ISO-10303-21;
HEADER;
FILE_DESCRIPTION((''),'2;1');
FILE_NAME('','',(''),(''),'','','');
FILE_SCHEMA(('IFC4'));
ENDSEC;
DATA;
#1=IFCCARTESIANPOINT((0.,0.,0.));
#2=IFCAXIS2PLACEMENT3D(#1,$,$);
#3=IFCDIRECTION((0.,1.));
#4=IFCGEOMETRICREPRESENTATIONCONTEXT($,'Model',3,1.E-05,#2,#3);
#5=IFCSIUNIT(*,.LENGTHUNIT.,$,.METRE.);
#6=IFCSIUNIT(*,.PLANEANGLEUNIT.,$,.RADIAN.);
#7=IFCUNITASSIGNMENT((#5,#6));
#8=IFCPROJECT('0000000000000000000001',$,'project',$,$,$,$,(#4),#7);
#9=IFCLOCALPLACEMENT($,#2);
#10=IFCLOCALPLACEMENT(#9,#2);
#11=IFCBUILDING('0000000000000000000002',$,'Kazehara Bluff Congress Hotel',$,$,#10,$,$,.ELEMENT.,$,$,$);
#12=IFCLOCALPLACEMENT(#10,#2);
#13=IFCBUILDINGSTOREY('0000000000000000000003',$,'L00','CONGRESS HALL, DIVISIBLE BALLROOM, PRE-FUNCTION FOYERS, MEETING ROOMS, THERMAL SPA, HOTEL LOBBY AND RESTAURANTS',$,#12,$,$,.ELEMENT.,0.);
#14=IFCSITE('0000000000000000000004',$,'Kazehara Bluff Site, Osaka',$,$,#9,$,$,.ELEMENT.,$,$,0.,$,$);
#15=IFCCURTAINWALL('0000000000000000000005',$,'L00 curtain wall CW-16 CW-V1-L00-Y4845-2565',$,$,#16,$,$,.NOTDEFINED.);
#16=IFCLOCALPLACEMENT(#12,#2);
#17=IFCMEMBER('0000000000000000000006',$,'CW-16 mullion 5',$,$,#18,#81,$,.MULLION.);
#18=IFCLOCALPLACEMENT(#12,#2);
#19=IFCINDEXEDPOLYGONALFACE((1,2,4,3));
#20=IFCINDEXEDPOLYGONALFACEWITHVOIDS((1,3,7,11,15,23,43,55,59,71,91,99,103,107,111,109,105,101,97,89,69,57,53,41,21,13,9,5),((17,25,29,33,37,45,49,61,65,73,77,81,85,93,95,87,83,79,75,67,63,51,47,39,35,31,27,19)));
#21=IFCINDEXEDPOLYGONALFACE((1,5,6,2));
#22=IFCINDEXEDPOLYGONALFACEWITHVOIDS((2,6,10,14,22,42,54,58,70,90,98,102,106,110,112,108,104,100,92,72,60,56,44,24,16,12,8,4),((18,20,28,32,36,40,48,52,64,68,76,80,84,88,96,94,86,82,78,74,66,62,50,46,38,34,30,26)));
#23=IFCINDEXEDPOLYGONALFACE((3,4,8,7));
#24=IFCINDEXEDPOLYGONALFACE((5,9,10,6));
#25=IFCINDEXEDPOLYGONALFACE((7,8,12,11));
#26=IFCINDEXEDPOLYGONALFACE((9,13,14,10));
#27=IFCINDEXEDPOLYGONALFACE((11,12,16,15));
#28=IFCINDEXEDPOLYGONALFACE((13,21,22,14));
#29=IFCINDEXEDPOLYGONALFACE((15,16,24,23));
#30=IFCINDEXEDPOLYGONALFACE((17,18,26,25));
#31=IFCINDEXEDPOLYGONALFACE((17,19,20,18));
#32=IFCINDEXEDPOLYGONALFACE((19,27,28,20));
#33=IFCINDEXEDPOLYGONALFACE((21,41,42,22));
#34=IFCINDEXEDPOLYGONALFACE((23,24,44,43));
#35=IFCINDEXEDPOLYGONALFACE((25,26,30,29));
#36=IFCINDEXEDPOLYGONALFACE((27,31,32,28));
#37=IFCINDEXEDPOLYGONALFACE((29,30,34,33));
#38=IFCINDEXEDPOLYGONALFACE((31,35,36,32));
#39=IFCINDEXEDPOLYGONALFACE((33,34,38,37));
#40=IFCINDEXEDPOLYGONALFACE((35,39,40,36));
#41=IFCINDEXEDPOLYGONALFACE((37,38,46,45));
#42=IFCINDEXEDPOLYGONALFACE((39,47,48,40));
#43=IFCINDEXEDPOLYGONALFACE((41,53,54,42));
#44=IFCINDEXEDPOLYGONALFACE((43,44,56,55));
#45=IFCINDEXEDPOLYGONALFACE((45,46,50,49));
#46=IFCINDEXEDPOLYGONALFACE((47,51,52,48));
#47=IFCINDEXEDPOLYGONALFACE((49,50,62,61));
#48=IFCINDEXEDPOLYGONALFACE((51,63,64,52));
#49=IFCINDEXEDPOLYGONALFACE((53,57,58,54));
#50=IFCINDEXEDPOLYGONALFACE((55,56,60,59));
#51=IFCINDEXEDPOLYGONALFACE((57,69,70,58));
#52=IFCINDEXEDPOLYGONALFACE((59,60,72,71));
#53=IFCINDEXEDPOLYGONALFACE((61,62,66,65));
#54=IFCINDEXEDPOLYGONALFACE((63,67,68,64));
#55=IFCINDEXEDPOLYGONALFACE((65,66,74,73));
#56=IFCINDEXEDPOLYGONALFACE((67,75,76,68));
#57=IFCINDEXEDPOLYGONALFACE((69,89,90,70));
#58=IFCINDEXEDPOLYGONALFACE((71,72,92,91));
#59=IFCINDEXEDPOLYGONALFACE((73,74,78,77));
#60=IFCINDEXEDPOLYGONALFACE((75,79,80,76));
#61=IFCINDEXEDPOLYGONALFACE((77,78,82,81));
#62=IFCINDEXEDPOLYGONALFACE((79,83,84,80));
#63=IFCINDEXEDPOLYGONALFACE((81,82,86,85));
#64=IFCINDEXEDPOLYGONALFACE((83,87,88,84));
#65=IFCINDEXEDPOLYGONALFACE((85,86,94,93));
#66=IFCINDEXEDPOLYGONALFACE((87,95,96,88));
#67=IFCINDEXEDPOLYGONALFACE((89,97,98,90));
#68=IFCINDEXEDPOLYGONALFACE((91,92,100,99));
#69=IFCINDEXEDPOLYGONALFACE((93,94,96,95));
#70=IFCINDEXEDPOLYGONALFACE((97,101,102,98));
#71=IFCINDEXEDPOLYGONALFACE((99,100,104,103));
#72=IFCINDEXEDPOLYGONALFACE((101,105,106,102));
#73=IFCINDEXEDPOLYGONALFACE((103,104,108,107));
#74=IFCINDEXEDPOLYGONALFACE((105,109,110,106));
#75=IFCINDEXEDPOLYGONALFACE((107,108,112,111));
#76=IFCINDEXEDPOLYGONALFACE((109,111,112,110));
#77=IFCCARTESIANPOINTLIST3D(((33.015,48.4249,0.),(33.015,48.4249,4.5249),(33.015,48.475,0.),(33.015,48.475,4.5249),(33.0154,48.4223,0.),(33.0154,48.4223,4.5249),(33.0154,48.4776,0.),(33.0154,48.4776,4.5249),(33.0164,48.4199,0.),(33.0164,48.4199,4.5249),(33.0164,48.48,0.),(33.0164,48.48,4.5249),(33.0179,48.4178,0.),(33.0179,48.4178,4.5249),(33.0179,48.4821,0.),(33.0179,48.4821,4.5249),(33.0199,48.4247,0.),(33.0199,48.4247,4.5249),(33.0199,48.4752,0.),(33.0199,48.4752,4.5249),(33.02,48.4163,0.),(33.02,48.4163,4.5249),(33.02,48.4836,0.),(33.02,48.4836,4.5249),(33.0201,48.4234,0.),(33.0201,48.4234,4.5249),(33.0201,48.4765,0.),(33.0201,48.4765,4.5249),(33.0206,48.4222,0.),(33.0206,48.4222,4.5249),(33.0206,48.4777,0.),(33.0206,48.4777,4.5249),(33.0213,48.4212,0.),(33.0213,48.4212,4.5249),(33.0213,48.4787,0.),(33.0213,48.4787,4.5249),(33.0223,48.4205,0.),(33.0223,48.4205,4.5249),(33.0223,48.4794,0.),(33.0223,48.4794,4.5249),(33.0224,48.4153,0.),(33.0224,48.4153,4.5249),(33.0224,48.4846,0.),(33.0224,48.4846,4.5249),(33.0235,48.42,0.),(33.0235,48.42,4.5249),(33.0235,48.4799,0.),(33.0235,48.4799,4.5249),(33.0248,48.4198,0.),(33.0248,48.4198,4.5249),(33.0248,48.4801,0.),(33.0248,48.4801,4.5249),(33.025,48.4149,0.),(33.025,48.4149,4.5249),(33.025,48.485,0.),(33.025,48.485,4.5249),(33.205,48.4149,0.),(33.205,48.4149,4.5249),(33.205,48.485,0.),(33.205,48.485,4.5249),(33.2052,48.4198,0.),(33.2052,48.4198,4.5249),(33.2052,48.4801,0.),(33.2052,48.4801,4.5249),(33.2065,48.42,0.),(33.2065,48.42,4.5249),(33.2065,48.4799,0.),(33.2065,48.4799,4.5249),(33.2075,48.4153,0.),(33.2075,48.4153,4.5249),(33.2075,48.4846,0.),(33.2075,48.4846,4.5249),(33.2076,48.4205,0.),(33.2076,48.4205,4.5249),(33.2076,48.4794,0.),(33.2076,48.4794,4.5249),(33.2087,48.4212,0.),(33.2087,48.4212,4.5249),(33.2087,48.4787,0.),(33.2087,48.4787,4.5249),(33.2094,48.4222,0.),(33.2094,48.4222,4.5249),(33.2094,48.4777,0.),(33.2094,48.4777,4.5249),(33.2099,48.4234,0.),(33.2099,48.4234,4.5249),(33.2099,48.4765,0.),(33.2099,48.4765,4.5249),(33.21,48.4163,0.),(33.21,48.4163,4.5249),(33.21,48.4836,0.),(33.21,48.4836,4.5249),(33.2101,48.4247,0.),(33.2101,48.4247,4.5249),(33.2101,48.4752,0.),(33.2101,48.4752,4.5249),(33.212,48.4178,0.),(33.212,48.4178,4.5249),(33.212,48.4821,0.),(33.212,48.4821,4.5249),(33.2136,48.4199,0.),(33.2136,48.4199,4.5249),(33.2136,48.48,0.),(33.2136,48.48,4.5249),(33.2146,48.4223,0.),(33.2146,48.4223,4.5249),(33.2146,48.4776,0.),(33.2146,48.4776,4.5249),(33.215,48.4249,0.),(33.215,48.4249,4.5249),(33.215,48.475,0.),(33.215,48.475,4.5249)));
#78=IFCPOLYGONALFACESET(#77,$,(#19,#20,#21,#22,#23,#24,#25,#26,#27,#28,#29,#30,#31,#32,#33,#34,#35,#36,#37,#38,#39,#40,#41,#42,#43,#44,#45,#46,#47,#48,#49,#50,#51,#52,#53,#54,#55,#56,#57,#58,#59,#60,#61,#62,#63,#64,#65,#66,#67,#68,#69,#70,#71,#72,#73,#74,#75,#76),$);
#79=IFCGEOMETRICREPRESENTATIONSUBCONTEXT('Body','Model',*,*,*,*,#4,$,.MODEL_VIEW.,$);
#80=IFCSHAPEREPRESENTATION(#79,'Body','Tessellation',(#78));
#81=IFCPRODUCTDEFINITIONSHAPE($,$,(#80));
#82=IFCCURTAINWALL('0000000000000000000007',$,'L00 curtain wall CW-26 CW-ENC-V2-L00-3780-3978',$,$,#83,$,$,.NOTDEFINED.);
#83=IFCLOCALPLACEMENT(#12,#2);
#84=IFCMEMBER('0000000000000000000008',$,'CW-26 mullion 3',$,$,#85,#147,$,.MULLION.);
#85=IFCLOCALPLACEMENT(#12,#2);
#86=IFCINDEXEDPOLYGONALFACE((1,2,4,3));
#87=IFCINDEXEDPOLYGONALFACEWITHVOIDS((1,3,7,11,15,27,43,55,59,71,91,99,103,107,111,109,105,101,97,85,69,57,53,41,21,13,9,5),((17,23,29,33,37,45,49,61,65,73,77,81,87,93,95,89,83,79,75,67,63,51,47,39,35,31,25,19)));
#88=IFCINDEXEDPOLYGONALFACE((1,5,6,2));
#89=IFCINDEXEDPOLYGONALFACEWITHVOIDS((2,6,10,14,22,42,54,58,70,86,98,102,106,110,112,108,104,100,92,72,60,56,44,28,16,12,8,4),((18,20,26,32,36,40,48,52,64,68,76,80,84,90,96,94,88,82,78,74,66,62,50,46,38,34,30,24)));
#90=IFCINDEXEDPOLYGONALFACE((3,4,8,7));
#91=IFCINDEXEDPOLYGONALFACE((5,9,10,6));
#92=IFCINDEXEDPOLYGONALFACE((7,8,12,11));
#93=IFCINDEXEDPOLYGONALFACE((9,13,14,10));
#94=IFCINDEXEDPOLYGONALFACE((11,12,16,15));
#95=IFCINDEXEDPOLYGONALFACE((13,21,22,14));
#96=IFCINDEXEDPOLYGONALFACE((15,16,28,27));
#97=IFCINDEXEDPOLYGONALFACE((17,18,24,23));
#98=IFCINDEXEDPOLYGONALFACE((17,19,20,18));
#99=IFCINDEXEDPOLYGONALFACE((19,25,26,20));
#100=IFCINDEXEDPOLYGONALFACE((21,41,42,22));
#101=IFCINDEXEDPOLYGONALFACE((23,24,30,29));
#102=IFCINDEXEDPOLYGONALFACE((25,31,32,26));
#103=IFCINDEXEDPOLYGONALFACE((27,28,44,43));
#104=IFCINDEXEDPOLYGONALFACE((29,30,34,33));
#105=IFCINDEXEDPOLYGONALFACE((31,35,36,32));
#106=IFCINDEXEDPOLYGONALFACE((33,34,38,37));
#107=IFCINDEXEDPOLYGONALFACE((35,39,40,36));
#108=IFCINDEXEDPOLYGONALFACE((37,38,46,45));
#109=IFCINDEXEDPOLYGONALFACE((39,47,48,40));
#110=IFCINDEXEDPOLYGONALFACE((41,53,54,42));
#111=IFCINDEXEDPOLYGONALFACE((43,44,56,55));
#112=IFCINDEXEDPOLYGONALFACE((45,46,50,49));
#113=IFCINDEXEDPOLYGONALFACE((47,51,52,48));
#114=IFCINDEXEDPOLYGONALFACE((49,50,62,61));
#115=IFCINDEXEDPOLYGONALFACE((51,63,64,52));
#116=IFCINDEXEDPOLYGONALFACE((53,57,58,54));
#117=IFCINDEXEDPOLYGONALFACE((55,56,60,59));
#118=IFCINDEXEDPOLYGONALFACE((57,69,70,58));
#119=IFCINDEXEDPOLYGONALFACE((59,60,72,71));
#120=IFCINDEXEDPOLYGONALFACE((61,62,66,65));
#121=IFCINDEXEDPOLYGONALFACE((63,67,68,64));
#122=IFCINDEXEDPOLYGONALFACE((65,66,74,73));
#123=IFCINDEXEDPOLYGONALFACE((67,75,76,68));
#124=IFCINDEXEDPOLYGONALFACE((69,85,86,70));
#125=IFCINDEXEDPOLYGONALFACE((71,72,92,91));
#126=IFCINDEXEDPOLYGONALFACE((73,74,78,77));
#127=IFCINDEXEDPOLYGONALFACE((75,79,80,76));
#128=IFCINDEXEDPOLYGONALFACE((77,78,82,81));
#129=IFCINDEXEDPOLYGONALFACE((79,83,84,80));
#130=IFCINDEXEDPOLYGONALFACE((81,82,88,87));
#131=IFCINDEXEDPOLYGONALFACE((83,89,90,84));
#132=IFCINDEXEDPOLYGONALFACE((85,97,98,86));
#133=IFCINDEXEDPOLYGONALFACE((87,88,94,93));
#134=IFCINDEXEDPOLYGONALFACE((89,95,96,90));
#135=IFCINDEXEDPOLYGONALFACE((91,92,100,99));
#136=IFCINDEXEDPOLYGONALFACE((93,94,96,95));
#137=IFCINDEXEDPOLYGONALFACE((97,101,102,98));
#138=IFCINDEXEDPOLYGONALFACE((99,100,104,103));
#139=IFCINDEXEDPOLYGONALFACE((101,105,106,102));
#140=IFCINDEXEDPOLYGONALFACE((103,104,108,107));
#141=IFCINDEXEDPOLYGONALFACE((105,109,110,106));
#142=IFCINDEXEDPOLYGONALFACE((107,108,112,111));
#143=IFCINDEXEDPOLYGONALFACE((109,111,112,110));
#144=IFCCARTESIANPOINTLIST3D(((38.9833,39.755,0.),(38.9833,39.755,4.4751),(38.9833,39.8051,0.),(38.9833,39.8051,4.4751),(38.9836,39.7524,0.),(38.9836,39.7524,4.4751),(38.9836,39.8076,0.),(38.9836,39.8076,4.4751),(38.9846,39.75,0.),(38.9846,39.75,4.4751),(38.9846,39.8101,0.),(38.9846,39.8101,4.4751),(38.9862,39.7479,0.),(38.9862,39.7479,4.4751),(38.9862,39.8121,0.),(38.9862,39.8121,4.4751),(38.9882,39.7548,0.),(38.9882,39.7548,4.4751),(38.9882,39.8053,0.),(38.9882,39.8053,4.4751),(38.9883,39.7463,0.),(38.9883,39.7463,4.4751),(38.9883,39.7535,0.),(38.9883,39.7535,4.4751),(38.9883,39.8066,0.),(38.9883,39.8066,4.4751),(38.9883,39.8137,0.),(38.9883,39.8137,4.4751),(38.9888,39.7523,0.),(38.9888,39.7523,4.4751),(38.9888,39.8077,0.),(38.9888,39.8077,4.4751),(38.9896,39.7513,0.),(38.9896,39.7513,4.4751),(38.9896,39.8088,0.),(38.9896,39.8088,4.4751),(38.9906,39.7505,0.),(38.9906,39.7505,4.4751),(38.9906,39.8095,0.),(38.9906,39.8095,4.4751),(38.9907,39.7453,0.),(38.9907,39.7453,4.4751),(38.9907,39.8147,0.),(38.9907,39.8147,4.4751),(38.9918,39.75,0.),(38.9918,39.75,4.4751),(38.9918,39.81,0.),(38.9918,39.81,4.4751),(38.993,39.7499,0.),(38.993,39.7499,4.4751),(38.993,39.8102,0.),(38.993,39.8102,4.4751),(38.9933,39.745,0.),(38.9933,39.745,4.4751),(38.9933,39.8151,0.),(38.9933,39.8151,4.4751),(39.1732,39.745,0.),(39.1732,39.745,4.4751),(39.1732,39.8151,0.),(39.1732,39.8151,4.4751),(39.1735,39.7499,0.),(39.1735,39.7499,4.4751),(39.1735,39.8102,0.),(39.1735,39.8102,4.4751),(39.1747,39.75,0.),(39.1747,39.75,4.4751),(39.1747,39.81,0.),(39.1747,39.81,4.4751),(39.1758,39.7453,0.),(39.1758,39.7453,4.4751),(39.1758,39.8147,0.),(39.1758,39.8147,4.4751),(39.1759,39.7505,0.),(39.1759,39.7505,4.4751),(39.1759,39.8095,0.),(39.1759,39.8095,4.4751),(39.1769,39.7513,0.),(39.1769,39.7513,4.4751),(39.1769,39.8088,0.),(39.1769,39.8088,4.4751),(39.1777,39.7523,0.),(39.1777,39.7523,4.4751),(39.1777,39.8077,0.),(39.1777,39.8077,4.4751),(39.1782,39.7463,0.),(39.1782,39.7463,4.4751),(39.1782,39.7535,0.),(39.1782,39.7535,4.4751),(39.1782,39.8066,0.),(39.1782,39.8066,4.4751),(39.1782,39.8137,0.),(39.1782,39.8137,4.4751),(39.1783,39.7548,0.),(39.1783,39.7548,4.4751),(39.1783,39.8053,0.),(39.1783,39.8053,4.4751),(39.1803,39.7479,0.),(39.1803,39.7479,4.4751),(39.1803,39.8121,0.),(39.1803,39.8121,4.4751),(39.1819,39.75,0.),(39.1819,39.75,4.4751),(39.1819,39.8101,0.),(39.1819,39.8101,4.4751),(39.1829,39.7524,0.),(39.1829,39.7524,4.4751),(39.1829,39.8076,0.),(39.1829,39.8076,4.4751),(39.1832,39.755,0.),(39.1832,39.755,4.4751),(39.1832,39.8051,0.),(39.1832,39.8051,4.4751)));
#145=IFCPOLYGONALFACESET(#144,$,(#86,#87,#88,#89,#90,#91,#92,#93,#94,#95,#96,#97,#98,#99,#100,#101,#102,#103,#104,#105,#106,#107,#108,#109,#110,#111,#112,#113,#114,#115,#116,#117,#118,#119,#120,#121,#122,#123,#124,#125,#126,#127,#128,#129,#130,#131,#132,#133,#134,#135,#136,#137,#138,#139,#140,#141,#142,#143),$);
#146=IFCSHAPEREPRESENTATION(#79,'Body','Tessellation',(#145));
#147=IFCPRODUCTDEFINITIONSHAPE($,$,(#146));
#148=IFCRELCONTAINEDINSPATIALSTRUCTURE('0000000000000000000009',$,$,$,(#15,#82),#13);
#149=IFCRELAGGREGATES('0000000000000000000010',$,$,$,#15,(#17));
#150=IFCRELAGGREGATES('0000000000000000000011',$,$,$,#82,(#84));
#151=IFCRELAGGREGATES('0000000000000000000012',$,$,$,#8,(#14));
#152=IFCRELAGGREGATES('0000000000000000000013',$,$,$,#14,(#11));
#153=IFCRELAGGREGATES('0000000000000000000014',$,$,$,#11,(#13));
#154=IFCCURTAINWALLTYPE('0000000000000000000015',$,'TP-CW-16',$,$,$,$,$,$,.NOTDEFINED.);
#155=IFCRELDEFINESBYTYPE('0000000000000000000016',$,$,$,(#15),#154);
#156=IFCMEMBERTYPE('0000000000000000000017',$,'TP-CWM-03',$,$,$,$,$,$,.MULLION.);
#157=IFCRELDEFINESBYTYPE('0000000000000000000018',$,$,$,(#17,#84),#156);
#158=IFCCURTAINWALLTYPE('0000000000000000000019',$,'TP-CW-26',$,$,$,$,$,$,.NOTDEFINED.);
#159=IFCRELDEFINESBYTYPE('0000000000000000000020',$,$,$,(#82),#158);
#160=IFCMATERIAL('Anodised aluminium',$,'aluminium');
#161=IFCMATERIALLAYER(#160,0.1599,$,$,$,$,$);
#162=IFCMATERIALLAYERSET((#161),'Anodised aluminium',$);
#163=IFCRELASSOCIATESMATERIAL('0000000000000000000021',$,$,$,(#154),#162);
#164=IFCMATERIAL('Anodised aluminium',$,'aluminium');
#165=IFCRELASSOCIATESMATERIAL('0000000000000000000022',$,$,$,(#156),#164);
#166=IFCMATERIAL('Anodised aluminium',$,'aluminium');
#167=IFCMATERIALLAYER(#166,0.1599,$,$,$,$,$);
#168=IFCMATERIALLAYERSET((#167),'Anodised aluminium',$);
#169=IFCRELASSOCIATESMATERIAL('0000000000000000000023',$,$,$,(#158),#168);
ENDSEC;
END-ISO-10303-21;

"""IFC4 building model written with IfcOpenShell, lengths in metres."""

from ifc_helpers import new_model, si_unit, direction, frame, origin, origin_2d, place, context, subcontext, project, spatial, hollow_rectangle, extrude, material, layer, layer_set, material_profile, profile_set, type_object, element, aggregate, save


model = new_model("IFC4")

# Units and contexts
model_context = context("Model", 3, precision=1e-05, world=origin(), true_north=direction((0.0, 1.0)))
body_context = subcontext(model_context, "Body", "Model", "MODEL_VIEW")
ifc_project = project(units=[si_unit("LENGTHUNIT", "METRE"), si_unit("PLANEANGLEUNIT", "RADIAN")], contexts=[model_context])

# Site, building, storey
site_placement = place(None, origin())
site = spatial("IfcSite", under=ifc_project, at=site_placement, Name="Kazehara Bluff Site, Osaka", CompositionType="ELEMENT", RefElevation=0.0)
building_placement = place(site_placement, origin())
building = spatial("IfcBuilding", under=site, at=building_placement, Name="Kazehara Bluff Congress Hotel", CompositionType="ELEMENT")
storey_placement = place(building_placement, origin())
storey = spatial("IfcBuildingStorey", under=building, at=storey_placement, Name="L00", Description="CONGRESS HALL, DIVISIBLE BALLROOM, PRE-FUNCTION FOYERS, MEETING ROOMS, THERMAL SPA, HOTEL LOBBY AND RESTAURANTS", CompositionType="ELEMENT", Elevation=0.0)

# Curtain wall, member
ifc_material_1 = material(Name="Anodised aluminium", Category="aluminium")
ifc_layer_1 = layer(ifc_material_1, 0.1599)
ifc_layer_set_1 = layer_set([ifc_layer_1], Name="Anodised aluminium")
curtain_wall_type_1 = type_object("IfcCurtainWallType", Name="TP-CW-16", PredefinedType="NOTDEFINED", material=ifc_layer_set_1)
curtain_wall_1_placement = place(storey_placement, origin())
curtain_wall_1 = element("IfcCurtainWall", 1, at=curtain_wall_1_placement, inside=storey, type_object=curtain_wall_type_1, Name="L00 curtain wall CW-16 CW-V1-L00-Y4845-2565", PredefinedType="NOTDEFINED")
ifc_material_2 = material(Name="Anodised aluminium", Category="aluminium")
ifc_material_profile_1 = material_profile(ifc_material_2, hollow_rectangle(XDim=0.0701, YDim=0.2, WallThickness=0.0049, InnerFilletRadius=0.0049, OuterFilletRadius=0.01, at=origin_2d()))
ifc_profile_set_1 = profile_set([ifc_material_profile_1], Name="Anodised aluminium")
member_type_1 = type_object("IfcMemberType", Name="TP-CWM-03", PredefinedType="MULLION", material=ifc_profile_set_1)
member_1_placement = place(storey_placement, frame((33.115, 48.45, 0.0), z_axis=(0.0, 0.0, 1.0), x_axis=(0.0, 1.0, 0.0)))
member_1 = element("IfcMember", 2, at=member_1_placement, type_object=member_type_1, Name="CW-16 mullion 5", PredefinedType="MULLION", context=body_context, shape_type="SweptSolid", body=[
    extrude(hollow_rectangle(XDim=0.0701, YDim=0.2, WallThickness=0.0049, InnerFilletRadius=0.0049, OuterFilletRadius=0.01, at=origin_2d()), origin(), (0.0, 0.0, 1.0), 4.5249),
])
aggregate(curtain_wall_1, [member_1])

# Curtain wall, member
ifc_material_3 = material(Name="Anodised aluminium", Category="aluminium")
ifc_layer_2 = layer(ifc_material_3, 0.1599)
ifc_layer_set_2 = layer_set([ifc_layer_2], Name="Anodised aluminium")
curtain_wall_type_2 = type_object("IfcCurtainWallType", Name="TP-CW-26", PredefinedType="NOTDEFINED", material=ifc_layer_set_2)
curtain_wall_2_placement = place(storey_placement, origin())
curtain_wall_2 = element("IfcCurtainWall", 3, at=curtain_wall_2_placement, inside=storey, type_object=curtain_wall_type_2, Name="L00 curtain wall CW-26 CW-ENC-V2-L00-3780-3978", PredefinedType="NOTDEFINED")
member_2_placement = place(storey_placement, frame((39.0833, 39.78, 0.0), z_axis=(0.0, 0.0, 1.0), x_axis=(0.0, 1.0, 0.0)))
member_2 = element("IfcMember", 4, at=member_2_placement, type_object=member_type_1, Name="CW-26 mullion 3", PredefinedType="MULLION", context=body_context, shape_type="SweptSolid", body=[
    extrude(hollow_rectangle(XDim=0.0701, YDim=0.2, WallThickness=0.0049, InnerFilletRadius=0.0049, OuterFilletRadius=0.01, at=origin_2d()), origin(), (0.0, 0.0, 1.0), 4.4751),
])

aggregate(curtain_wall_2, [member_2])

save(model, "model.ifc")
